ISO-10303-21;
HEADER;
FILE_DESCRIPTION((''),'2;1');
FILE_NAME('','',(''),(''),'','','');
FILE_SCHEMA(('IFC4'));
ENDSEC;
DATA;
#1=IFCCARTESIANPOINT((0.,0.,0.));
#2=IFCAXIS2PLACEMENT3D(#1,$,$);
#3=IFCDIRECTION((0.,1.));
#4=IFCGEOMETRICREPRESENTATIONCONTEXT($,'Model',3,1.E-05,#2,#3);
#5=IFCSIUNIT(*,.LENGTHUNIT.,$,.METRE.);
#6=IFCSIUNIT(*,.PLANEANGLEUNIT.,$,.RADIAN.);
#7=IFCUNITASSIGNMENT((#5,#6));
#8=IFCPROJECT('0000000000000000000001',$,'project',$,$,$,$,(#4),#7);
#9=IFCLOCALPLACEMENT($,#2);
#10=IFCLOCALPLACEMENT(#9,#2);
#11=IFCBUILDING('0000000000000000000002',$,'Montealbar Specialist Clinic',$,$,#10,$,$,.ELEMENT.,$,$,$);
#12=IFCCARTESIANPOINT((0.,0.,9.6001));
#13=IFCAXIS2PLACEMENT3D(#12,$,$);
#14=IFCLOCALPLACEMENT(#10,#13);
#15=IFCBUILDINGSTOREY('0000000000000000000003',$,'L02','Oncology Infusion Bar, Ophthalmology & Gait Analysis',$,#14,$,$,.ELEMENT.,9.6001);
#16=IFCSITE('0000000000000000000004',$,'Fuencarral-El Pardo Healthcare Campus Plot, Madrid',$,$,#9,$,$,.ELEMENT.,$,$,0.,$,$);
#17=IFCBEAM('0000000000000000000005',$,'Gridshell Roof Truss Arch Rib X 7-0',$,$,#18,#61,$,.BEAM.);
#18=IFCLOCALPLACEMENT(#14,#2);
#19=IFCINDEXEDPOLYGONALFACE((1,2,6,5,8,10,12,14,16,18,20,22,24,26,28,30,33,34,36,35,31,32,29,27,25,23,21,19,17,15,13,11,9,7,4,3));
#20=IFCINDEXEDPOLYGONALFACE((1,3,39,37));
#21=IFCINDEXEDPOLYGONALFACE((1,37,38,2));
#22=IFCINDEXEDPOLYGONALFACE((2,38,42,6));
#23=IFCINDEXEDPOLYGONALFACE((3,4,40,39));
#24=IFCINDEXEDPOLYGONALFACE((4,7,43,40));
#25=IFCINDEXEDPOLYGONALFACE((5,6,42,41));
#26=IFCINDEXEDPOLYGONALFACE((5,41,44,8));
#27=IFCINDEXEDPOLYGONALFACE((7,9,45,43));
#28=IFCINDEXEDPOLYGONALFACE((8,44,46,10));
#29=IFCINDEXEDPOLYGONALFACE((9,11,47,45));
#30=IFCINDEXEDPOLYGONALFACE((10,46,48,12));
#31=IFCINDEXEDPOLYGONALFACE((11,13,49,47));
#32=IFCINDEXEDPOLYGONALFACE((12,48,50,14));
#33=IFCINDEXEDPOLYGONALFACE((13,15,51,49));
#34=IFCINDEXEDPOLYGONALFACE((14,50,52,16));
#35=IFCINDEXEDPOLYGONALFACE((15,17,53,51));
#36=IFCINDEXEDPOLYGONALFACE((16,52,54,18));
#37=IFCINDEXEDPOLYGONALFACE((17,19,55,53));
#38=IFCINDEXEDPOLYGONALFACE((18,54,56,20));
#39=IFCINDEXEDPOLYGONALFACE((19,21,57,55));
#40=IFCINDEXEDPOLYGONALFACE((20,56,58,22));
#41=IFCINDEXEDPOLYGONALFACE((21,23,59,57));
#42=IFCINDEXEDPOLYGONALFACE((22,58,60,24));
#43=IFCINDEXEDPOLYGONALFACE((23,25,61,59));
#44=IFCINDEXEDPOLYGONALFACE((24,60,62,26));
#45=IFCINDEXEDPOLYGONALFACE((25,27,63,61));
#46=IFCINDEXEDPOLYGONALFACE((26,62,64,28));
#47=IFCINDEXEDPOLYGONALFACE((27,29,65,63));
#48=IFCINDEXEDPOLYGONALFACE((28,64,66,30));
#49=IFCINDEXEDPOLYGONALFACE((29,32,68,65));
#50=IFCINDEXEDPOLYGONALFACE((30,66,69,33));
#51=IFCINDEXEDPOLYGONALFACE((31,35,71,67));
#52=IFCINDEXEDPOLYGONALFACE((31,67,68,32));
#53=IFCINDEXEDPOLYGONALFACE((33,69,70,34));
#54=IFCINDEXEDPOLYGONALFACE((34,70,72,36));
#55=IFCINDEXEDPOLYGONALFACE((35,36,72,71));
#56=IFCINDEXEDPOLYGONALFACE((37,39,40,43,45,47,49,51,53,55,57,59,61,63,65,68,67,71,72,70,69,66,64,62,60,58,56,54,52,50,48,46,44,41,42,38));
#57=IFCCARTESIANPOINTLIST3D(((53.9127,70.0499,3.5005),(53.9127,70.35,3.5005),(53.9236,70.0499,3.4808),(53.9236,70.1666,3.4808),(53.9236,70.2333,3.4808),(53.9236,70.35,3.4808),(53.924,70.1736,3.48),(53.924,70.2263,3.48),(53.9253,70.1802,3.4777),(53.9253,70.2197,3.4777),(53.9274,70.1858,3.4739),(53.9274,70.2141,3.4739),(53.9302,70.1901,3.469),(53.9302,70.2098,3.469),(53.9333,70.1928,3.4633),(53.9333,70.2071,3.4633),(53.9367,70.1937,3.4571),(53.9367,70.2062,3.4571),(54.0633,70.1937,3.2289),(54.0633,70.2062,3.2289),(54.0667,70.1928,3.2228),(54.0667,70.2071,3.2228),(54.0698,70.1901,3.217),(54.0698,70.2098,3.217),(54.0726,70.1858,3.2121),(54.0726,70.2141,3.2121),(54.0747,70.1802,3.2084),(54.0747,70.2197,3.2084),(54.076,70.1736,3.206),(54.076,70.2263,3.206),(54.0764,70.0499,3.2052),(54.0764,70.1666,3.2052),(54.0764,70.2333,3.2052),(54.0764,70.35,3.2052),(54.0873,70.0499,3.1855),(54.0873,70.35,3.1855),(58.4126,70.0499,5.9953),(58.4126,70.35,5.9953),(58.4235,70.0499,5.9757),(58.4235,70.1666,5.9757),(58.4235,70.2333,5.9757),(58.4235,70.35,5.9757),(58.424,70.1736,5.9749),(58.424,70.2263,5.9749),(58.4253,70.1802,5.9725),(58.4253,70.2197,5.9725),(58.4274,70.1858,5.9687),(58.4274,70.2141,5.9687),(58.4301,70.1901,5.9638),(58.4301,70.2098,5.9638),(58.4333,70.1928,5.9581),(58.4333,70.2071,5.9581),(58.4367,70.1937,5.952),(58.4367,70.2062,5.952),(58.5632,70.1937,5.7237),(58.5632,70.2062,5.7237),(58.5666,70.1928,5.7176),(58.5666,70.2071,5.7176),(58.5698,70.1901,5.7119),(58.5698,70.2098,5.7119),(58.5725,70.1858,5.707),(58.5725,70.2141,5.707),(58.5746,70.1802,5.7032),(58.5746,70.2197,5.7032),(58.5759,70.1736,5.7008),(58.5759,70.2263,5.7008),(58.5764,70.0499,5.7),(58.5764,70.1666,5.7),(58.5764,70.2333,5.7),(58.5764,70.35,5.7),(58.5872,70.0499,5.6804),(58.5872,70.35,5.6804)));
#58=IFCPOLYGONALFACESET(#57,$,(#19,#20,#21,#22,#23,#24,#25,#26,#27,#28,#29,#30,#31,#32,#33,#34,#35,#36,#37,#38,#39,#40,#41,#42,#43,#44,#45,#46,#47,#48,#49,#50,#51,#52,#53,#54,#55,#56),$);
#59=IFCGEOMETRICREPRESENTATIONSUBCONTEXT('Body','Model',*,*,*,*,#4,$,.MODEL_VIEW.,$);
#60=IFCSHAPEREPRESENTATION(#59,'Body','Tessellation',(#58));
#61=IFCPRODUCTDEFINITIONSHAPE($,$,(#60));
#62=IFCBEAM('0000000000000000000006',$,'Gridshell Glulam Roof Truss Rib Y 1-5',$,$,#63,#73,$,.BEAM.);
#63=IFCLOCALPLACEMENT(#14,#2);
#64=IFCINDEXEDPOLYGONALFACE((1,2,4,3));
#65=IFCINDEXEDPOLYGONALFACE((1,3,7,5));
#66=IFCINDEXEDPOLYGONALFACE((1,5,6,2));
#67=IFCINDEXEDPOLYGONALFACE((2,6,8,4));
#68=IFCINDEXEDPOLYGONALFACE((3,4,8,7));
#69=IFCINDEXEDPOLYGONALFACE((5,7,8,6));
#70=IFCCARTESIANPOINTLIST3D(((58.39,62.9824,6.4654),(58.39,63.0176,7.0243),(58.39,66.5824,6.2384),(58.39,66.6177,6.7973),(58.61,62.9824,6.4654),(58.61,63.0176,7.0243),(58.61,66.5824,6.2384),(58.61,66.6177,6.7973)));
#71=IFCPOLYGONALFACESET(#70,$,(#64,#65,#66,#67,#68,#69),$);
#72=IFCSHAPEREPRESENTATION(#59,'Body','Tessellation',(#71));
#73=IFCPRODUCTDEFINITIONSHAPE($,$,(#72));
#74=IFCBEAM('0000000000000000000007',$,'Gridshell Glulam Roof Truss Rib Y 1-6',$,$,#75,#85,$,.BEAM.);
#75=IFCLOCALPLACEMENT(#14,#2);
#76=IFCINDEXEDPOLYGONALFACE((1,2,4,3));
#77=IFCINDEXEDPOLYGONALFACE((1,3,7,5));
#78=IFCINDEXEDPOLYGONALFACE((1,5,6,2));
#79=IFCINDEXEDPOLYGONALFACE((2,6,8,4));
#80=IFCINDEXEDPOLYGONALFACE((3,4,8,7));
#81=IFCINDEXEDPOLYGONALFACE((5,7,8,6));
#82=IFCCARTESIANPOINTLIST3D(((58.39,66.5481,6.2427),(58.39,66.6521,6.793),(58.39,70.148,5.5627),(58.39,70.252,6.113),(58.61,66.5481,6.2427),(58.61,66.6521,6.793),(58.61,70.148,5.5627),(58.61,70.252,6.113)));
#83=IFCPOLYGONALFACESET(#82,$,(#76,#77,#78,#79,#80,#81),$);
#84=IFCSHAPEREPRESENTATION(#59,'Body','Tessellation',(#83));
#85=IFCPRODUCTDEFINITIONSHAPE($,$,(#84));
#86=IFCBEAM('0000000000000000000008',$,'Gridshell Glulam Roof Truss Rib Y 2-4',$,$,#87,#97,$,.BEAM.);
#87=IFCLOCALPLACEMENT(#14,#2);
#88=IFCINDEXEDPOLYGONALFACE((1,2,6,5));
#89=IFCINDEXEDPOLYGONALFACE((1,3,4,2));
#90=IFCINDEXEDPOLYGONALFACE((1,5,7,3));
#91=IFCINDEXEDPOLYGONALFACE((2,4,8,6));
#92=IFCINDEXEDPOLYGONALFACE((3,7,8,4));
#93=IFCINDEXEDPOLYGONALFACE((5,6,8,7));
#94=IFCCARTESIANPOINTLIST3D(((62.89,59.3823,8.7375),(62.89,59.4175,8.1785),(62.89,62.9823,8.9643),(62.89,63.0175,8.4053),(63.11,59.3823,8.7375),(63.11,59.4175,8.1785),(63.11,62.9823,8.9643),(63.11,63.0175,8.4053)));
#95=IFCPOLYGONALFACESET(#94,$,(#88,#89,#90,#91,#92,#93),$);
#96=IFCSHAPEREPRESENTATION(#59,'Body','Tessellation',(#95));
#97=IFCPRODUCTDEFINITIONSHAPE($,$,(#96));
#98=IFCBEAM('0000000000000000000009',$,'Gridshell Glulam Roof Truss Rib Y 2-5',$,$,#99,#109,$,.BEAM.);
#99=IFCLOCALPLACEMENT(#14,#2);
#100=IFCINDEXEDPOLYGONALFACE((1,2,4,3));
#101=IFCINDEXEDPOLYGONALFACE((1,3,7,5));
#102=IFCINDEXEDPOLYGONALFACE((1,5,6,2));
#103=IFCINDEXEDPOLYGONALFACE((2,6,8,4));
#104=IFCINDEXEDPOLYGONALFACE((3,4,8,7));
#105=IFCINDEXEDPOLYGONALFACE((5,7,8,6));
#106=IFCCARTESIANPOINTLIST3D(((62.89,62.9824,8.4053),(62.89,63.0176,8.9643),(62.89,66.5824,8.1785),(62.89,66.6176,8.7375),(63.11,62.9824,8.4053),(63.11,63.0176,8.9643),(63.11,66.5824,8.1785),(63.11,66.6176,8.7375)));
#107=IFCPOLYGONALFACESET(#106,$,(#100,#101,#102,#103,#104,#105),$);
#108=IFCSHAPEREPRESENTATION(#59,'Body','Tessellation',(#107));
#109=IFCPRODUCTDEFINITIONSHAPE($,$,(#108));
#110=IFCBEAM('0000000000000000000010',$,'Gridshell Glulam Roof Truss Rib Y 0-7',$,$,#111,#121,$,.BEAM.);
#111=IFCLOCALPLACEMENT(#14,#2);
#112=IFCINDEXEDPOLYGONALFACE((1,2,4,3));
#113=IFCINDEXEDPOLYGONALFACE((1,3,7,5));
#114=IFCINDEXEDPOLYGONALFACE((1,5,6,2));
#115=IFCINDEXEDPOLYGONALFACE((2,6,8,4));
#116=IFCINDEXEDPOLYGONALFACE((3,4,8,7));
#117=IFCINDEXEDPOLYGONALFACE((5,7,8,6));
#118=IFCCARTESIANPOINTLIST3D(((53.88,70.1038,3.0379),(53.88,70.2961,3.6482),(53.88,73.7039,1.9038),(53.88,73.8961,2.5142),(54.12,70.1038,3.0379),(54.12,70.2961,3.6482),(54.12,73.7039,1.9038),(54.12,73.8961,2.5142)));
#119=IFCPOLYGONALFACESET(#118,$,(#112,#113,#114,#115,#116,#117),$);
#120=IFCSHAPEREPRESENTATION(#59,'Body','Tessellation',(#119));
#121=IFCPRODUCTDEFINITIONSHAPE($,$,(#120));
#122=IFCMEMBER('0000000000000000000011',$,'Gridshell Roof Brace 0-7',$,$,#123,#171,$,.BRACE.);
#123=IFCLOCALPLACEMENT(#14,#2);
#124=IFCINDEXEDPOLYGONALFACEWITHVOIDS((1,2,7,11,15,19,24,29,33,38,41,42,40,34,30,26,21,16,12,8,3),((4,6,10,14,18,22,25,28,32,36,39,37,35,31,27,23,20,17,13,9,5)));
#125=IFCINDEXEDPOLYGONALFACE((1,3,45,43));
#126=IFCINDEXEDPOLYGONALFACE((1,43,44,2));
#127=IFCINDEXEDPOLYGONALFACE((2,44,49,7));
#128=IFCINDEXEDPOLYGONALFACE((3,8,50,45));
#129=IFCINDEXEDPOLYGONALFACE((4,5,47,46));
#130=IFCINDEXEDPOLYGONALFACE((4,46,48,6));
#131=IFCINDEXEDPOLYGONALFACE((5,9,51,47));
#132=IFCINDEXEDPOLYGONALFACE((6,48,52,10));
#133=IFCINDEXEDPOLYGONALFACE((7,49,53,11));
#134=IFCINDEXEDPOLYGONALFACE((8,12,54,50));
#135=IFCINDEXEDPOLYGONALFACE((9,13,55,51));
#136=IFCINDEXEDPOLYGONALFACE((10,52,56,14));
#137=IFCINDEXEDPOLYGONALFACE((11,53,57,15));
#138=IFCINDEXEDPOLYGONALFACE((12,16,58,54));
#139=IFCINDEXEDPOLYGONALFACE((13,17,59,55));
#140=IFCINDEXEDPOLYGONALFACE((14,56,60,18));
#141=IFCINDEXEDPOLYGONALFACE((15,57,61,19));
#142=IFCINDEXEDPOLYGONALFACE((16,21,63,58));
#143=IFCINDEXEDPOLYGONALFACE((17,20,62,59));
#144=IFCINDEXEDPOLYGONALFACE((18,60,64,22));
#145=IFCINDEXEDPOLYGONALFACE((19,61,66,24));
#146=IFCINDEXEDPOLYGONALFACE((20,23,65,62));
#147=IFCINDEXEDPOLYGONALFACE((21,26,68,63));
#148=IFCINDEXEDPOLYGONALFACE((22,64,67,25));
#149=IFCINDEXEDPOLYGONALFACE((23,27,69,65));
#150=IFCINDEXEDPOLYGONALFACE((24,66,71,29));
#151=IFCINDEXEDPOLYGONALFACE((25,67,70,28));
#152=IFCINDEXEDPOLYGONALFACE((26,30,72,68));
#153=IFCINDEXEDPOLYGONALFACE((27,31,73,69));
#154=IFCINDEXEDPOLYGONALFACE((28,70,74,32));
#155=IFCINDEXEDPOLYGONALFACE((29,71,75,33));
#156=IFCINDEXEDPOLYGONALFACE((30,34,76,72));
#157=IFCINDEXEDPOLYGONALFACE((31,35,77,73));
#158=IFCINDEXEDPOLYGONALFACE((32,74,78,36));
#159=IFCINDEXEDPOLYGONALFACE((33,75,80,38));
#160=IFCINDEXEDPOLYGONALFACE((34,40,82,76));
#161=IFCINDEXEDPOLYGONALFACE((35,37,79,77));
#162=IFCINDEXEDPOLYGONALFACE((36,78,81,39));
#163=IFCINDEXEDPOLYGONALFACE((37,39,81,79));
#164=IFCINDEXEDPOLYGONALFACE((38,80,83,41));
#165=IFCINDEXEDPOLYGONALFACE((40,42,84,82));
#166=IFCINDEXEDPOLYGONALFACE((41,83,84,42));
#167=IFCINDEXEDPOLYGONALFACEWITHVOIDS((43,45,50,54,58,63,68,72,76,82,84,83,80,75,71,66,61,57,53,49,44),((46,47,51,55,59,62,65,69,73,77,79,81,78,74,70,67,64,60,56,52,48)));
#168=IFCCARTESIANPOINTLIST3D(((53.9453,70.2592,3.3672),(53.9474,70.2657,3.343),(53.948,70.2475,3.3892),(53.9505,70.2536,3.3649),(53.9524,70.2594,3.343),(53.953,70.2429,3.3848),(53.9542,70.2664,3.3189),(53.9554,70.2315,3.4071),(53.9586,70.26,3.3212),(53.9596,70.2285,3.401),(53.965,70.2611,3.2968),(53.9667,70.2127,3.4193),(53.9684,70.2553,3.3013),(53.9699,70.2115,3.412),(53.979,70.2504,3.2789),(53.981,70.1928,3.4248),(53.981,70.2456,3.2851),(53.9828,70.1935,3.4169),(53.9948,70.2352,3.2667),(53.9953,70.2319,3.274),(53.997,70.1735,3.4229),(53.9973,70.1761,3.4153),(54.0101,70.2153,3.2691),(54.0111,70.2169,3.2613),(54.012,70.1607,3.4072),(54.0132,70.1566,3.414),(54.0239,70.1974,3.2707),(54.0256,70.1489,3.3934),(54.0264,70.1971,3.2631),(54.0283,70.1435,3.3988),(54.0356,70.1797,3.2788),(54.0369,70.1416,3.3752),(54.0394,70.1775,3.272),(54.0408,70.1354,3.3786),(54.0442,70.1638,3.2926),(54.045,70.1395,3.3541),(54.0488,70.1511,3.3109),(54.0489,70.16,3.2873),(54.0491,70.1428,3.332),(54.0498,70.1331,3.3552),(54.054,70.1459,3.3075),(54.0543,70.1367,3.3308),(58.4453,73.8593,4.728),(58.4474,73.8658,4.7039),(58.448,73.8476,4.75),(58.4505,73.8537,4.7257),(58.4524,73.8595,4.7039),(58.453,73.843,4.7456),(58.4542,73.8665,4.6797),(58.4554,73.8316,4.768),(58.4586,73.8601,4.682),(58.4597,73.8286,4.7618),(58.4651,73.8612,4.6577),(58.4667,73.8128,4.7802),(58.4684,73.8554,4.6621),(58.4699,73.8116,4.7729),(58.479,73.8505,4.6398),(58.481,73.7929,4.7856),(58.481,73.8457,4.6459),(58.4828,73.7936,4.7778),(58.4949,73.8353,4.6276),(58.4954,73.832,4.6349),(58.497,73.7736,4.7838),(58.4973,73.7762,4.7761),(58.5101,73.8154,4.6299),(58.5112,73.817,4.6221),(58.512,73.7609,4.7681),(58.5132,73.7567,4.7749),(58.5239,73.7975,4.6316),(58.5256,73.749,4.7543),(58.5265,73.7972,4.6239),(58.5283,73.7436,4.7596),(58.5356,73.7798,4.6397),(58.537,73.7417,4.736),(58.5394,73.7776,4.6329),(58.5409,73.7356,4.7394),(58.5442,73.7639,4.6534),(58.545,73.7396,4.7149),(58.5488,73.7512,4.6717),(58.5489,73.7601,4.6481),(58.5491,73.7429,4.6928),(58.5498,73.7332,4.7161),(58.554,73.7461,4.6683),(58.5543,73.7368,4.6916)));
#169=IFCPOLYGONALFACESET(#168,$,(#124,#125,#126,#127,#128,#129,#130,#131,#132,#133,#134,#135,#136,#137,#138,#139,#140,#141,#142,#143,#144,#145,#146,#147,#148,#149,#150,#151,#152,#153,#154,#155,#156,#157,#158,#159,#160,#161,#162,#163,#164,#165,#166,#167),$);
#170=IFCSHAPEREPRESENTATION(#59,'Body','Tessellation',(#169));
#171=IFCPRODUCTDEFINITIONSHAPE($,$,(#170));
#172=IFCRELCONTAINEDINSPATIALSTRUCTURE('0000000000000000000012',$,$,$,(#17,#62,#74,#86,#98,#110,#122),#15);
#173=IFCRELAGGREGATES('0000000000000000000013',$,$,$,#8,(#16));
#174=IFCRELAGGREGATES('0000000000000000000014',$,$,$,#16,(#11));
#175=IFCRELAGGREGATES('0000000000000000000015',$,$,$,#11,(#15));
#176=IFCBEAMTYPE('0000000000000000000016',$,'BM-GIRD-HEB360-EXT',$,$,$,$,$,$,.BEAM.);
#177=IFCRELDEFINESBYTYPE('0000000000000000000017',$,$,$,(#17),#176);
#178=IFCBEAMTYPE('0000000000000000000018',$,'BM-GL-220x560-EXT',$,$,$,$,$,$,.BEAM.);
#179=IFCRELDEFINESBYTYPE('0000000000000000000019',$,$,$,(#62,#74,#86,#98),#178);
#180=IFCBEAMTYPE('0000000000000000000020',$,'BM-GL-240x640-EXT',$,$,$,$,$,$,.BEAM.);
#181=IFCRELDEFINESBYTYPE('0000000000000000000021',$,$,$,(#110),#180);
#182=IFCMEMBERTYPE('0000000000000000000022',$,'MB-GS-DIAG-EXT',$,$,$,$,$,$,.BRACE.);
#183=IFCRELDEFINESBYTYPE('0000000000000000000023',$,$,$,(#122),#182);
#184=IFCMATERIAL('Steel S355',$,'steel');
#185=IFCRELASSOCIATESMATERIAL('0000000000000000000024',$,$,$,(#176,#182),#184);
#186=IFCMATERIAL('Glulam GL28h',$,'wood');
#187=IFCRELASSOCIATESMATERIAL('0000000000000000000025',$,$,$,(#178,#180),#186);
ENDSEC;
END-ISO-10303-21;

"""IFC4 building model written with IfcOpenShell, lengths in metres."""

from ifc_helpers import new_model, si_unit, direction, frame, origin, origin_2d, place, context, subcontext, project, spatial, rectangle, hollow_circle, i_section, extrude, material, material_profile, profile_set, type_object, element, save


model = new_model("IFC4")

# Units and contexts
model_context = context("Model", 3, precision=1e-05, world=origin(), true_north=direction((0.0, 1.0)))
body_context = subcontext(model_context, "Body", "Model", "MODEL_VIEW")
ifc_project = project(units=[si_unit("LENGTHUNIT", "METRE"), si_unit("PLANEANGLEUNIT", "RADIAN")], contexts=[model_context])

# Site, building, storey
site_placement = place(None, origin())
site = spatial("IfcSite", under=ifc_project, at=site_placement, Name="Fuencarral-El Pardo Healthcare Campus Plot, Madrid", CompositionType="ELEMENT", RefElevation=0.0)
building_placement = place(site_placement, origin())
building = spatial("IfcBuilding", under=site, at=building_placement, Name="Montealbar Specialist Clinic", CompositionType="ELEMENT")
storey_placement = place(building_placement, frame((0.0, 0.0, 9.6001)))
storey = spatial("IfcBuildingStorey", under=building, at=storey_placement, Name="L02", Description="Oncology Infusion Bar, Ophthalmology & Gait Analysis", CompositionType="ELEMENT", Elevation=9.6001)

# Beams
ifc_material_1 = material(Name="Steel S355", Category="steel")
ifc_material_profile_1 = material_profile(ifc_material_1, i_section(OverallWidth=0.3, OverallDepth=0.3601, WebThickness=0.0125, FlangeThickness=0.0225, FilletRadius=0.0271, at=origin_2d()), Name="HEB 360", Category="steel")
ifc_profile_set_1 = profile_set([ifc_material_profile_1], Name="Steel S355")
beam_type_1 = type_object("IfcBeamType", Name="BM-GIRD-HEB360-EXT", PredefinedType="BEAM", material=ifc_profile_set_1)
beam_1_placement = place(storey_placement, frame((54.0, 70.2, 3.343), z_axis=(0.87458, 0.0, 0.484881), x_axis=(0.0, 1.0, 0.0)))
element("IfcBeam", 1, at=beam_1_placement, inside=storey, type_object=beam_type_1, Name="Gridshell Roof Truss Arch Rib X 7-0", PredefinedType="BEAM", context=body_context, shape_type="SweptSolid", body=[
    extrude(i_section(OverallWidth=0.3, OverallDepth=0.3601, WebThickness=0.0125, FlangeThickness=0.0225, FilletRadius=0.0271, at=origin_2d()), origin(), (0.0, 0.0, 1.0), 5.1453),
])
ifc_material_2 = material(Name="Glulam GL28h", Category="wood")
ifc_material_profile_2 = material_profile(ifc_material_2, rectangle(XDim=0.22, YDim=0.5601, at=origin_2d()), Name="GL28h 220x560", Category="wood")
ifc_profile_set_2 = profile_set([ifc_material_profile_2], Name="Glulam GL28h")
beam_type_2 = type_object("IfcBeamType", Name="BM-GL-220x560-EXT", PredefinedType="BEAM", material=ifc_profile_set_2)
beam_2_placement = place(storey_placement, frame((58.5, 63.0, 6.7449), z_axis=(0.0, 0.998017, -0.062943), x_axis=(-1.0, 0.0, 0.0)))
element("IfcBeam", 2, at=beam_2_placement, inside=storey, type_object=beam_type_2, Name="Gridshell Glulam Roof Truss Rib Y 1-5", PredefinedType="BEAM", context=body_context, shape_type="SweptSolid", body=[
    extrude(rectangle(XDim=0.22, YDim=0.5601, at=origin_2d()), origin(), (0.0, 0.0, 1.0), 3.6072),
])
beam_3_placement = place(storey_placement, frame((58.5, 66.6001, 6.5178), z_axis=(0.0, 0.982626, -0.185596), x_axis=(-1.0, 0.0, 0.0)))
element("IfcBeam", 3, at=beam_3_placement, inside=storey, type_object=beam_type_2, Name="Gridshell Glulam Roof Truss Rib Y 1-6", PredefinedType="BEAM", context=body_context, shape_type="SweptSolid", body=[
    extrude(rectangle(XDim=0.22, YDim=0.5601, at=origin_2d()), origin(), (0.0, 0.0, 1.0), 3.6636),
])
for number, where, z_axis, x_axis, name in (
    (4, (63.0, 59.3999, 8.458), (0.0, 0.998021, 0.062875), (-1.0, 0.0, 0.0), "Gridshell Glulam Roof Truss Rib Y 2-4"),
    (5, (63.0, 63.0, 8.6848), (0.0, 0.998021, -0.062875), (-1.0, 0.0, 0.0), "Gridshell Glulam Roof Truss Rib Y 2-5"),
):
    element("IfcBeam", number, at=place(storey_placement, frame(where, z_axis=z_axis, x_axis=x_axis)), inside=storey, type_object=beam_type_2, Name=name, PredefinedType="BEAM", context=body_context, shape_type="SweptSolid", body=[
        extrude(rectangle(XDim=0.22, YDim=0.5601, at=origin_2d()), origin(), (0.0, 0.0, 1.0), 3.6072),
    ])
ifc_material_profile_3 = material_profile(ifc_material_2, rectangle(XDim=0.24, YDim=0.6399, at=origin_2d()), Name="GL28h 240x640", Category="wood")
ifc_profile_set_3 = profile_set([ifc_material_profile_3], Name="Glulam GL28h")
beam_type_3 = type_object("IfcBeamType", Name="BM-GL-240x640-EXT", PredefinedType="BEAM", material=ifc_profile_set_3)
beam_4_placement = place(storey_placement, frame((54.0, 70.2, 3.343), z_axis=(0.0, 0.953798, -0.300447), x_axis=(-1.0, 0.0, 0.0)))
element("IfcBeam", 6, at=beam_4_placement, inside=storey, type_object=beam_type_3, Name="Gridshell Glulam Roof Truss Rib Y 0-7", PredefinedType="BEAM", context=body_context, shape_type="SweptSolid", body=[
    extrude(rectangle(XDim=0.24, YDim=0.6399, at=origin_2d()), origin(), (0.0, 0.0, 1.0), 3.7744),
])

# Member
ifc_material_profile_4 = material_profile(ifc_material_1, hollow_circle(Radius=0.0842, WallThickness=0.0081, at=origin_2d()), Name="CHS 168.3x8.0", Category="steel")
ifc_profile_set_4 = profile_set([ifc_material_profile_4], Name="Steel S355")
member_type_1 = type_object("IfcMemberType", Name="MB-GS-DIAG-EXT", PredefinedType="BRACE", material=ifc_profile_set_4)
member_1_placement = place(storey_placement, frame((54.0, 70.2, 3.343), z_axis=(0.75996, 0.607984, 0.229819), x_axis=(-0.624705, 0.780861, 0.0)))
element("IfcMember", 7, at=member_1_placement, inside=storey, type_object=member_type_1, Name="Gridshell Roof Brace 0-7", PredefinedType="BRACE", context=body_context, shape_type="SweptSolid", body=[
    extrude(hollow_circle(Radius=0.0842, WallThickness=0.0081, at=origin_2d()), origin(), (0.0, 0.0, 1.0), 5.9214),
])

save(model, "model.ifc")
